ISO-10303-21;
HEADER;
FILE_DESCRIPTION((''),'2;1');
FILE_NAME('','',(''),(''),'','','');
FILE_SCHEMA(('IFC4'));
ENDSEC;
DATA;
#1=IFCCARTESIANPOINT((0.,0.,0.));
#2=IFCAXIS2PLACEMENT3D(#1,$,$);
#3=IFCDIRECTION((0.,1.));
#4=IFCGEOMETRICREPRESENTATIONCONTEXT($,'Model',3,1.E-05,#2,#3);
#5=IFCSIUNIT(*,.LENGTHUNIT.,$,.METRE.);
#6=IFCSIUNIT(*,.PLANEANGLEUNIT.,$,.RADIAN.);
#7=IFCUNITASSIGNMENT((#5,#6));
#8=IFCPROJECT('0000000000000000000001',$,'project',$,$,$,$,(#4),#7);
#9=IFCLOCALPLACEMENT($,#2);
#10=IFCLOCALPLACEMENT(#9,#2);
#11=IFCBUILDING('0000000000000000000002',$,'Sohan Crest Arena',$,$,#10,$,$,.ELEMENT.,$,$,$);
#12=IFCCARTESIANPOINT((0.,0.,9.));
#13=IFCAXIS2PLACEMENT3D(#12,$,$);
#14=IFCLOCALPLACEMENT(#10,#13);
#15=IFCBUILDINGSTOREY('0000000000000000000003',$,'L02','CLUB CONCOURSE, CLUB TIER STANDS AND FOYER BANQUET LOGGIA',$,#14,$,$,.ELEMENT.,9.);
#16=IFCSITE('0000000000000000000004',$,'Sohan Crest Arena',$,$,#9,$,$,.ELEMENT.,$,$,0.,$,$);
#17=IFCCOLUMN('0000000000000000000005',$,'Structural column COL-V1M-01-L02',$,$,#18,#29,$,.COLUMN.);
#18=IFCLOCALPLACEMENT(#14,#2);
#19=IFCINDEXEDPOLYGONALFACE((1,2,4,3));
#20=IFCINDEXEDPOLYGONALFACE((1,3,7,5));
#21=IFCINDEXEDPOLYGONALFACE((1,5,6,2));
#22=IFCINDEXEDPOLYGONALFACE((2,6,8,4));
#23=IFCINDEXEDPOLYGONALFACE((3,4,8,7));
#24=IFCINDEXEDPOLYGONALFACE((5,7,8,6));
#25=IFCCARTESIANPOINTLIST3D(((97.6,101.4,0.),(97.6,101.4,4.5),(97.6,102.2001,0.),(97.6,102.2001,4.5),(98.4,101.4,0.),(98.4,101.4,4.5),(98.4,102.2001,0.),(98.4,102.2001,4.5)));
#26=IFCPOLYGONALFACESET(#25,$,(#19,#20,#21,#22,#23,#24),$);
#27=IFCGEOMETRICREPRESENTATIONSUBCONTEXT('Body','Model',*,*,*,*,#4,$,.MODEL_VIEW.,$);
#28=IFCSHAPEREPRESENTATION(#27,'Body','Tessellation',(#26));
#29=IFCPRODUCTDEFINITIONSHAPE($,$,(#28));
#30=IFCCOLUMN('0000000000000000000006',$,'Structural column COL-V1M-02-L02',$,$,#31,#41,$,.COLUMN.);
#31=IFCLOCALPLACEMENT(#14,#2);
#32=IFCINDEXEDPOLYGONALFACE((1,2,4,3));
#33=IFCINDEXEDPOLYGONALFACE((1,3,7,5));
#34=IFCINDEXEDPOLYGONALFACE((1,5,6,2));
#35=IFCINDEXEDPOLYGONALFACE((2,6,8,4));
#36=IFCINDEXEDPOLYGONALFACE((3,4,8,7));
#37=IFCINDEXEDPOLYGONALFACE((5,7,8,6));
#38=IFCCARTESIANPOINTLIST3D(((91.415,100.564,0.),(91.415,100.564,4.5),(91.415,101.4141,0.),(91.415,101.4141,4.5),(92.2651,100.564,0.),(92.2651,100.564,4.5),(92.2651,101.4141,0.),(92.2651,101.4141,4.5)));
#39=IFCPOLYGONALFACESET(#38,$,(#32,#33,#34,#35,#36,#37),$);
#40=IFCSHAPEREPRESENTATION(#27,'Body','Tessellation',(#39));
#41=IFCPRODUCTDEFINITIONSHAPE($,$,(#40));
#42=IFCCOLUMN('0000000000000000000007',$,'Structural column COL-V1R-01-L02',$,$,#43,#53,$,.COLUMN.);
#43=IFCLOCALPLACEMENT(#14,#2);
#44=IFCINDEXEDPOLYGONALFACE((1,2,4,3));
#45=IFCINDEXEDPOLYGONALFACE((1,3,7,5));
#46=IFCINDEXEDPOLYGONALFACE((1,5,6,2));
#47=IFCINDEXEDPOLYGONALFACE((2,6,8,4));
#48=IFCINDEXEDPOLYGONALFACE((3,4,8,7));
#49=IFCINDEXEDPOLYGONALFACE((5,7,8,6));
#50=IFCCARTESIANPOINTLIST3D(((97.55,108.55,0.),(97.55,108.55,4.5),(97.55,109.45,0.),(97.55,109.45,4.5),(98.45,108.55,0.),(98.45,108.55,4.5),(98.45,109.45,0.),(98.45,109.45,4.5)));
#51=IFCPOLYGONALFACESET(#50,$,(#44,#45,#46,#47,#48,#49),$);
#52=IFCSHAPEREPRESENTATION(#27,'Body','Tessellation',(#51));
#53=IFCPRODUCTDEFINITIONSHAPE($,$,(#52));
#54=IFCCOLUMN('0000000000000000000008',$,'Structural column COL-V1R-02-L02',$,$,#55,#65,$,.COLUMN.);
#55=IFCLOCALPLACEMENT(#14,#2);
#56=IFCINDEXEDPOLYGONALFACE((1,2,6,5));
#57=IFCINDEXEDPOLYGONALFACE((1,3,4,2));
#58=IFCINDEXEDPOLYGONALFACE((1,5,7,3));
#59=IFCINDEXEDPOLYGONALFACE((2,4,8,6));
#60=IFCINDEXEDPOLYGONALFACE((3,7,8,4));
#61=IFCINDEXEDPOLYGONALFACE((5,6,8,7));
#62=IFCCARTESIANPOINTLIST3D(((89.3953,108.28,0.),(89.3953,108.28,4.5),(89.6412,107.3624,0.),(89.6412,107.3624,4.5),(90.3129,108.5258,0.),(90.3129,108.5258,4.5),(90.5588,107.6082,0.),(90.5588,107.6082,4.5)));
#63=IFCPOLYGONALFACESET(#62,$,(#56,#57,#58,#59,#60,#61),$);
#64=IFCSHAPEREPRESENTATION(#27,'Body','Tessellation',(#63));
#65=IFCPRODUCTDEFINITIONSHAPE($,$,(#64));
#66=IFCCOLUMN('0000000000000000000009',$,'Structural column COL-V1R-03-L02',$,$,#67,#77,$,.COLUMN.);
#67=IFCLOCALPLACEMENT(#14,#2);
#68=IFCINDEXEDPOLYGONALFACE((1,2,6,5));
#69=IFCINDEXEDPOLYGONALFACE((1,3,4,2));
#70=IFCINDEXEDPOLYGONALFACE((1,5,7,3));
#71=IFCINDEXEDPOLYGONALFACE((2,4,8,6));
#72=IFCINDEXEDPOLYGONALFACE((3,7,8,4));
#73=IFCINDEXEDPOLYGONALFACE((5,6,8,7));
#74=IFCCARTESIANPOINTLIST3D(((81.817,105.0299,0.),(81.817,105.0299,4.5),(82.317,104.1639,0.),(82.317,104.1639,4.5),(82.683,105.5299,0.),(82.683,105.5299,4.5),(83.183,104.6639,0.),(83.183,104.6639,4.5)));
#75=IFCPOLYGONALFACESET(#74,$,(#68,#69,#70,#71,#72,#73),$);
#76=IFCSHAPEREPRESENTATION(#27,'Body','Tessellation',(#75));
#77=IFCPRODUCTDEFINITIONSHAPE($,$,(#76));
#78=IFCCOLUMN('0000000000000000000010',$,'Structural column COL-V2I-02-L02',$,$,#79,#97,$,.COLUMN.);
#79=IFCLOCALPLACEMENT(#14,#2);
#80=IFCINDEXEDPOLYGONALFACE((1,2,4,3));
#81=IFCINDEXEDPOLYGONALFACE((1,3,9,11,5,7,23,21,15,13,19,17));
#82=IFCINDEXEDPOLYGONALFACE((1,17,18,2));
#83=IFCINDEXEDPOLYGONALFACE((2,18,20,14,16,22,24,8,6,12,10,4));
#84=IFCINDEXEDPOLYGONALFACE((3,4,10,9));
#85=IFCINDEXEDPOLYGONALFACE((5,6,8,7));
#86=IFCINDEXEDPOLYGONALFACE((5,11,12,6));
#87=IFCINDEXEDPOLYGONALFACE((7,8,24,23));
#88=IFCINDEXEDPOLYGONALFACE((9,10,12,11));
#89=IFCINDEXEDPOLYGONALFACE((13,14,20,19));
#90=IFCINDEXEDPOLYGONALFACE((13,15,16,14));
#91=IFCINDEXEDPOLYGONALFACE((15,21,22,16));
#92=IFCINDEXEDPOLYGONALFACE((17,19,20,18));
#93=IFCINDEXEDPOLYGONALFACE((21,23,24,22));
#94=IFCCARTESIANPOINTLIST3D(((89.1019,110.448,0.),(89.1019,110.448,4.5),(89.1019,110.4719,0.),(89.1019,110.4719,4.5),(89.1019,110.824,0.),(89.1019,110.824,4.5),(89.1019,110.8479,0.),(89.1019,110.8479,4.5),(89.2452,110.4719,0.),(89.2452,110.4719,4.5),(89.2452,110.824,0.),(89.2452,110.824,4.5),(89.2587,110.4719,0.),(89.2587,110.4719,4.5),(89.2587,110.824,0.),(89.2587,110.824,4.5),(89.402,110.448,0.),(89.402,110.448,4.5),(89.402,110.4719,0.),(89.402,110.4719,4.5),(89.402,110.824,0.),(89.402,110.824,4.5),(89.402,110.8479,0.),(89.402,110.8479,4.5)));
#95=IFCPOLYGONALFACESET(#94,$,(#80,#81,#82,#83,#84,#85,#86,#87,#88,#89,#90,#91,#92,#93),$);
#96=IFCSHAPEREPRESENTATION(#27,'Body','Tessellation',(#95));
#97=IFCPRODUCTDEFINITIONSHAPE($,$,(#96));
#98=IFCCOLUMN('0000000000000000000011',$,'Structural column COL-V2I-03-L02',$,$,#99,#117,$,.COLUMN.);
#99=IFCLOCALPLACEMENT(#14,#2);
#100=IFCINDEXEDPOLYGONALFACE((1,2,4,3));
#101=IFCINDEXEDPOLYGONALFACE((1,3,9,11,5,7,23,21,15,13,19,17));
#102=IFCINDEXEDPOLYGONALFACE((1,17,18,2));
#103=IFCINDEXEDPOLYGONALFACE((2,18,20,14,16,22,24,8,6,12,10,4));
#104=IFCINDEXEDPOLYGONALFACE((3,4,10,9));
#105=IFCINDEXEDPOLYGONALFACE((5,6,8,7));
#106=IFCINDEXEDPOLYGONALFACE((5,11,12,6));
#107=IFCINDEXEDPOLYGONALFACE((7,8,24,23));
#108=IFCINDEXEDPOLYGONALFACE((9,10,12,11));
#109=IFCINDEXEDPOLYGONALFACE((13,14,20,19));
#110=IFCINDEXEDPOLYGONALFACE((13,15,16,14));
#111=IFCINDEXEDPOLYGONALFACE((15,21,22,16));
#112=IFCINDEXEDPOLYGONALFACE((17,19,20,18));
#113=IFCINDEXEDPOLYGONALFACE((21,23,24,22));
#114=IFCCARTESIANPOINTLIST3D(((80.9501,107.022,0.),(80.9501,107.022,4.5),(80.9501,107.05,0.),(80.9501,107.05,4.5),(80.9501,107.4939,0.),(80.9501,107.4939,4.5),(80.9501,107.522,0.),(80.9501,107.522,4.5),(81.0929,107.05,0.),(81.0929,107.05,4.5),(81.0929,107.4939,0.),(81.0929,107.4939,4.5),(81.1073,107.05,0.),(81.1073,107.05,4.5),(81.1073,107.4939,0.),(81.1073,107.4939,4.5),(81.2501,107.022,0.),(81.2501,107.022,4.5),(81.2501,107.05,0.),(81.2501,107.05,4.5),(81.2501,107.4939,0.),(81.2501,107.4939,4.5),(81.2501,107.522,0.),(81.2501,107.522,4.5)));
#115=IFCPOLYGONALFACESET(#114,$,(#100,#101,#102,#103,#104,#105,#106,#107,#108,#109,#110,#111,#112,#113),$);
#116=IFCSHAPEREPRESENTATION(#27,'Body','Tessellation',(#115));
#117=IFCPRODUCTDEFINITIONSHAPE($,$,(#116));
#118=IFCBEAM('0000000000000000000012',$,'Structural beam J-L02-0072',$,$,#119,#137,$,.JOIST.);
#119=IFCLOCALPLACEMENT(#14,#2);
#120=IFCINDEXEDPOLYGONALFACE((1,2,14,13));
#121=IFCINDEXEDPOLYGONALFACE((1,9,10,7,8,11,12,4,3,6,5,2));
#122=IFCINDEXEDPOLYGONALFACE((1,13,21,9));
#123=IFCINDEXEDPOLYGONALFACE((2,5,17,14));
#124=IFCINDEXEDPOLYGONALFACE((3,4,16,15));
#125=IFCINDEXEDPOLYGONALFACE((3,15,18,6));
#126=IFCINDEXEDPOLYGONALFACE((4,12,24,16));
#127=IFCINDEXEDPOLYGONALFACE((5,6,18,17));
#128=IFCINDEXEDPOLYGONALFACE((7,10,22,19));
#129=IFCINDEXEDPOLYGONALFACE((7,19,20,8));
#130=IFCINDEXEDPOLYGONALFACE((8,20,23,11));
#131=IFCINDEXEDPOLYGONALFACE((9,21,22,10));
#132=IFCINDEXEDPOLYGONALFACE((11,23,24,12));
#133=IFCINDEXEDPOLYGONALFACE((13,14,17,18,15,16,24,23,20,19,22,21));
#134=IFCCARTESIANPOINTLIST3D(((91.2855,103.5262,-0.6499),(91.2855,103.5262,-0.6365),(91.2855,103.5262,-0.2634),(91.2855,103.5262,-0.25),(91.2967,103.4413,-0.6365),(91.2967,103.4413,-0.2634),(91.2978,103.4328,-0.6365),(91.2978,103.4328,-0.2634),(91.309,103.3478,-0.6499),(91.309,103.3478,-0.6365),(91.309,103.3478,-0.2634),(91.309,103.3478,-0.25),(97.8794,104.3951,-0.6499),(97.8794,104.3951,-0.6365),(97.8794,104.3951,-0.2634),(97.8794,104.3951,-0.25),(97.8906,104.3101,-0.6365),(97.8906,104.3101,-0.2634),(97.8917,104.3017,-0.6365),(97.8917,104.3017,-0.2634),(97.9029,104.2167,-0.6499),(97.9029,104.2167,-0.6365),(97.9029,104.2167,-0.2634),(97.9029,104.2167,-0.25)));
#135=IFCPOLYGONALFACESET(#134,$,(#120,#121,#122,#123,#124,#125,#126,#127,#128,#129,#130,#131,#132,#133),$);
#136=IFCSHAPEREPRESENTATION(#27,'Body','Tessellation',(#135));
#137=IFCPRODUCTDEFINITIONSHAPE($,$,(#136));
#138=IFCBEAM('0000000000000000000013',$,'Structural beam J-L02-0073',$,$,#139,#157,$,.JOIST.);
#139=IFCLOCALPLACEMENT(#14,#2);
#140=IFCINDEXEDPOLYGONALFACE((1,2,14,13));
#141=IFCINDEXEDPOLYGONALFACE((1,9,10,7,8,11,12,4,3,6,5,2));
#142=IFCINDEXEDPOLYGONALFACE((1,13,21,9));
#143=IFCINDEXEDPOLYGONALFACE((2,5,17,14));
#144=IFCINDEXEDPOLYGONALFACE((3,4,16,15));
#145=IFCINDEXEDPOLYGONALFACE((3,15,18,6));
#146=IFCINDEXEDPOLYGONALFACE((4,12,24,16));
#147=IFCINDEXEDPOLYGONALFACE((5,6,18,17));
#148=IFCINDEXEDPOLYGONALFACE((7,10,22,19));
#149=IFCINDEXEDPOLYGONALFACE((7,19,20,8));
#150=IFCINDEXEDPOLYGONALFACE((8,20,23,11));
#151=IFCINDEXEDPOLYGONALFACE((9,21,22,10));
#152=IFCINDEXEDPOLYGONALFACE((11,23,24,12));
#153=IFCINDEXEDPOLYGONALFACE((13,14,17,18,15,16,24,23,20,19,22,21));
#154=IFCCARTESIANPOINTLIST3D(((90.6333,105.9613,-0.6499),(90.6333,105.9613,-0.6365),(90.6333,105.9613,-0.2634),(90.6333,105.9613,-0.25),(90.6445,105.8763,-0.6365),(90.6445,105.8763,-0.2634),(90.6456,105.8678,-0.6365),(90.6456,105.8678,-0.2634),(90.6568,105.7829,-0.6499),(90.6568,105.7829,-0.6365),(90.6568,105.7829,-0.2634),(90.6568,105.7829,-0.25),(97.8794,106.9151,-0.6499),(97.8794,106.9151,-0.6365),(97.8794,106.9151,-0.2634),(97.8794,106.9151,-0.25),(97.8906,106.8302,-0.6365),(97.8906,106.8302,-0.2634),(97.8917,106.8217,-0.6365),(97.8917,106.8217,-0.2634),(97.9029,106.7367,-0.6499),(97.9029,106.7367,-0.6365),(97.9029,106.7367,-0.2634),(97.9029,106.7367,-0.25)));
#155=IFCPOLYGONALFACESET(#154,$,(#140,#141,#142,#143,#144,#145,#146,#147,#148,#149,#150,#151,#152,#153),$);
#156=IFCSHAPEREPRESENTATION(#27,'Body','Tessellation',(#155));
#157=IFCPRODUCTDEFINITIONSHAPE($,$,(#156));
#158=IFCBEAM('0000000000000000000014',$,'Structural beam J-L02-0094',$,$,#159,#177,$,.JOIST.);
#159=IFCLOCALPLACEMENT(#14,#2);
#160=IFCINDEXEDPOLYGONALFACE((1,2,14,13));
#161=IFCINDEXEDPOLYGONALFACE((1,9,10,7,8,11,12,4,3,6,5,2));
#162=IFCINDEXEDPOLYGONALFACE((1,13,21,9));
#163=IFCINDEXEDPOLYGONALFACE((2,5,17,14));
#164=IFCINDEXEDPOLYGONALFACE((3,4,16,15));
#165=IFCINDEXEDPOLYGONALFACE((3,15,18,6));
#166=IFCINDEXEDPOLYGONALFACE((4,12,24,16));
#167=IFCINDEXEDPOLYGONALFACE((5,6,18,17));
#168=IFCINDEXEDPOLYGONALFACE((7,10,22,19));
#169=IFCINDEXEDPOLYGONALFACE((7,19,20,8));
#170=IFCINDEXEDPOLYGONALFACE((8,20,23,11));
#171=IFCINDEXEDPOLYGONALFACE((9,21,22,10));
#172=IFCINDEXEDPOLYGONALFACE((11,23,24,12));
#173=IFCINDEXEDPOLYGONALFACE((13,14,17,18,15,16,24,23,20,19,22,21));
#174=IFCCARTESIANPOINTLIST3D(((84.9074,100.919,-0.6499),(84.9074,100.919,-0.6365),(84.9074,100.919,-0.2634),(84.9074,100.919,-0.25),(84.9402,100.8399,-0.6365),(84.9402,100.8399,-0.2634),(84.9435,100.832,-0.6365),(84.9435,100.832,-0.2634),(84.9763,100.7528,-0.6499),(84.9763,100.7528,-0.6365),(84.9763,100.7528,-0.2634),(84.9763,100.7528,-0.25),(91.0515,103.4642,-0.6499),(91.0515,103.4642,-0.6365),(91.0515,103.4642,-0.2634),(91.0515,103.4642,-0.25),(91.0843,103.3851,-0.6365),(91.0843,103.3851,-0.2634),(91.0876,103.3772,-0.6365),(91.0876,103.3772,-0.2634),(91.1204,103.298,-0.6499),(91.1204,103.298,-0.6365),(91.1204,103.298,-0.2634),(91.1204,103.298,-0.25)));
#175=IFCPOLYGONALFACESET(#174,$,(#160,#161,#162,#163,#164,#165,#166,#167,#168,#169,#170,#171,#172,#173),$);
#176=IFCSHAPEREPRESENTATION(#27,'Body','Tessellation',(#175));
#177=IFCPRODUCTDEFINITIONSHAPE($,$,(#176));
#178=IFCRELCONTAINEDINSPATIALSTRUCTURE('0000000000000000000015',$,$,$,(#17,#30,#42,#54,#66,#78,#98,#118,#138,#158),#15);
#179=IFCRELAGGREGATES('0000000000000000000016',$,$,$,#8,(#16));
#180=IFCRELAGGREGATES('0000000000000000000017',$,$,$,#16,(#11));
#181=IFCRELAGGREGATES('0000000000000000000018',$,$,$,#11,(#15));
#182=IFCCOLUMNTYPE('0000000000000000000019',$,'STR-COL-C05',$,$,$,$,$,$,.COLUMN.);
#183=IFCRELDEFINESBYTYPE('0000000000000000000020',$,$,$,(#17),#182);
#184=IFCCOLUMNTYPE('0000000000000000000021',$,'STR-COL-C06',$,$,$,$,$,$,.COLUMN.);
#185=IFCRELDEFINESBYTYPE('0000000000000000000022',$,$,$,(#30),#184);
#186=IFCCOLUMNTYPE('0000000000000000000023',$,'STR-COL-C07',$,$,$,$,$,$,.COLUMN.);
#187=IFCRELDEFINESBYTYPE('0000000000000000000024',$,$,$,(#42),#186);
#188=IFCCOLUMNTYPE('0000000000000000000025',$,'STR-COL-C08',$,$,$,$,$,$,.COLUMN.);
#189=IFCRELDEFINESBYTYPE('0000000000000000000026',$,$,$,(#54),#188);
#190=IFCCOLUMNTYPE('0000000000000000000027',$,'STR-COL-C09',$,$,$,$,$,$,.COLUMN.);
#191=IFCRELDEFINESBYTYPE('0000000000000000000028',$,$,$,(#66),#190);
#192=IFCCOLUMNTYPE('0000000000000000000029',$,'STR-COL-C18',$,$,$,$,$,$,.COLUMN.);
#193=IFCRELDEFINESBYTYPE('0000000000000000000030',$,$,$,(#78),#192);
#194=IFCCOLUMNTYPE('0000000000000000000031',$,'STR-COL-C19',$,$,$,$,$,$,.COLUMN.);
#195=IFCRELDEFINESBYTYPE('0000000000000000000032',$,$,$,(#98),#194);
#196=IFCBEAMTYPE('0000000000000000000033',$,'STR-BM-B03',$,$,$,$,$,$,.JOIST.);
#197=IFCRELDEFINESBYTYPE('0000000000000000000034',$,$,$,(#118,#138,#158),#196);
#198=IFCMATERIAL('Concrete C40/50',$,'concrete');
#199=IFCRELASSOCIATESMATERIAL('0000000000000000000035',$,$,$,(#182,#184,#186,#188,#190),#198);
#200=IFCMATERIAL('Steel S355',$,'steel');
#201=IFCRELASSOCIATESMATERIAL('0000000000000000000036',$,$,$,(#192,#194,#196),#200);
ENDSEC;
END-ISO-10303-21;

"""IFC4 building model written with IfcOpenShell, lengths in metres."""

from ifc_helpers import new_model, si_unit, direction, frame, origin, origin_2d, place, context, subcontext, project, spatial, rectangle, i_section, extrude, material, material_profile, profile_set, type_object, element, save


model = new_model("IFC4")

# Units and contexts
model_context = context("Model", 3, precision=1e-05, world=origin(), true_north=direction((0.0, 1.0)))
body_context = subcontext(model_context, "Body", "Model", "MODEL_VIEW")
ifc_project = project(units=[si_unit("LENGTHUNIT", "METRE"), si_unit("PLANEANGLEUNIT", "RADIAN")], contexts=[model_context])

# Site, building, storey
site_placement = place(None, origin())
site = spatial("IfcSite", under=ifc_project, at=site_placement, Name="Sohan Crest Arena", CompositionType="ELEMENT", RefElevation=0.0)
building_placement = place(site_placement, origin())
building = spatial("IfcBuilding", under=site, at=building_placement, Name="Sohan Crest Arena", CompositionType="ELEMENT")
storey_placement = place(building_placement, frame((0.0, 0.0, 9.0)))
storey = spatial("IfcBuildingStorey", under=building, at=storey_placement, Name="L02", Description="CLUB CONCOURSE, CLUB TIER STANDS AND FOYER BANQUET LOGGIA", CompositionType="ELEMENT", Elevation=9.0)

# Columns
ifc_material_1 = material(Name="Concrete C40/50", Category="concrete")
ifc_material_profile_1 = material_profile(ifc_material_1, rectangle(XDim=0.8, YDim=0.8, at=origin_2d()), Name="RC 800x800")
ifc_profile_set_1 = profile_set([ifc_material_profile_1], Name="Concrete C40/50")
column_type_1 = type_object("IfcColumnType", Name="STR-COL-C05", PredefinedType="COLUMN", material=ifc_profile_set_1)
column_1_placement = place(storey_placement, frame((98.0, 101.8, 0.0), z_axis=(0.0, 0.0, 1.0), x_axis=(1.0, 0.0, 0.0)))
element("IfcColumn", 1, at=column_1_placement, inside=storey, type_object=column_type_1, Name="Structural column COL-V1M-01-L02", PredefinedType="COLUMN", context=body_context, shape_type="SweptSolid", body=[
    extrude(rectangle(XDim=0.8, YDim=0.8, at=origin_2d()), origin(), (0.0, 0.0, 1.0), 4.5),
])
ifc_material_profile_2 = material_profile(ifc_material_1, rectangle(XDim=0.8501, YDim=0.8501, at=origin_2d()), Name="RC 850x850")
ifc_profile_set_2 = profile_set([ifc_material_profile_2], Name="Concrete C40/50")
column_type_2 = type_object("IfcColumnType", Name="STR-COL-C06", PredefinedType="COLUMN", material=ifc_profile_set_2)
column_2_placement = place(storey_placement, frame((91.8401, 100.989, 0.0), z_axis=(0.0, 0.0, 1.0), x_axis=(1.0, 0.0, 0.0)))
element("IfcColumn", 2, at=column_2_placement, inside=storey, type_object=column_type_2, Name="Structural column COL-V1M-02-L02", PredefinedType="COLUMN", context=body_context, shape_type="SweptSolid", body=[
    extrude(rectangle(XDim=0.8501, YDim=0.8501, at=origin_2d()), origin(), (0.0, 0.0, 1.0), 4.5),
])
ifc_material_profile_3 = material_profile(ifc_material_1, rectangle(XDim=0.8999, YDim=0.8999, at=origin_2d()), Name="RC 900x900")
ifc_profile_set_3 = profile_set([ifc_material_profile_3], Name="Concrete C40/50")
column_type_3 = type_object("IfcColumnType", Name="STR-COL-C07", PredefinedType="COLUMN", material=ifc_profile_set_3)
column_3_placement = place(storey_placement, frame((98.0, 109.0, 0.0), z_axis=(0.0, 0.0, 1.0), x_axis=(0.0, 1.0, 0.0)))
element("IfcColumn", 3, at=column_3_placement, inside=storey, type_object=column_type_3, Name="Structural column COL-V1R-01-L02", PredefinedType="COLUMN", context=body_context, shape_type="SweptSolid", body=[
    extrude(rectangle(XDim=0.8999, YDim=0.8999, at=origin_2d()), origin(), (0.0, 0.0, 1.0), 4.5),
])
ifc_material_profile_4 = material_profile(ifc_material_1, rectangle(XDim=0.95, YDim=0.95, at=origin_2d()), Name="RC 950x950")
ifc_profile_set_4 = profile_set([ifc_material_profile_4], Name="Concrete C40/50")
column_type_4 = type_object("IfcColumnType", Name="STR-COL-C08", PredefinedType="COLUMN", material=ifc_profile_set_4)
column_4_placement = place(storey_placement, frame((89.9771, 107.9441, 0.0), z_axis=(0.0, 0.0, 1.0), x_axis=(-0.258819, 0.965926, 0.0)))
element("IfcColumn", 4, at=column_4_placement, inside=storey, type_object=column_type_4, Name="Structural column COL-V1R-02-L02", PredefinedType="COLUMN", context=body_context, shape_type="SweptSolid", body=[
    extrude(rectangle(XDim=0.95, YDim=0.95, at=origin_2d()), origin(), (0.0, 0.0, 1.0), 4.5),
])
ifc_material_profile_5 = material_profile(ifc_material_1, rectangle(XDim=1.0, YDim=1.0, at=origin_2d()), Name="RC 1000x1000")
ifc_profile_set_5 = profile_set([ifc_material_profile_5], Name="Concrete C40/50")
column_type_5 = type_object("IfcColumnType", Name="STR-COL-C09", PredefinedType="COLUMN", material=ifc_profile_set_5)
column_5_placement = place(storey_placement, frame((82.5, 104.8469, 0.0), z_axis=(0.0, 0.0, 1.0), x_axis=(-0.5, 0.866025, 0.0)))
element("IfcColumn", 5, at=column_5_placement, inside=storey, type_object=column_type_5, Name="Structural column COL-V1R-03-L02", PredefinedType="COLUMN", context=body_context, shape_type="SweptSolid", body=[
    extrude(rectangle(XDim=1.0, YDim=1.0, at=origin_2d()), origin(), (0.0, 0.0, 1.0), 4.5),
])
ifc_material_2 = material(Name="Steel S355", Category="steel")
ifc_material_profile_6 = material_profile(ifc_material_2, i_section(OverallWidth=0.3, OverallDepth=0.3999, WebThickness=0.0134, FlangeThickness=0.0239, at=origin_2d()), Name="HEB 400")
ifc_profile_set_6 = profile_set([ifc_material_profile_6], Name="Steel S355")
column_type_6 = type_object("IfcColumnType", Name="STR-COL-C18", PredefinedType="COLUMN", material=ifc_profile_set_6)
column_6_placement = place(storey_placement, frame((89.252, 110.6479, 0.0), z_axis=(0.0, 0.0, 1.0), x_axis=(1.0, 0.0, 0.0)))
element("IfcColumn", 6, at=column_6_placement, inside=storey, type_object=column_type_6, Name="Structural column COL-V2I-02-L02", PredefinedType="COLUMN", context=body_context, shape_type="SweptSolid", body=[
    extrude(i_section(OverallWidth=0.3, OverallDepth=0.3999, WebThickness=0.0134, FlangeThickness=0.0239, at=origin_2d()), origin(), (0.0, 0.0, 1.0), 4.5),
])
ifc_material_profile_7 = material_profile(ifc_material_2, i_section(OverallWidth=0.3, OverallDepth=0.5, WebThickness=0.0144, FlangeThickness=0.0281, at=origin_2d()), Name="HEB 500")
ifc_profile_set_7 = profile_set([ifc_material_profile_7], Name="Steel S355")
column_type_7 = type_object("IfcColumnType", Name="STR-COL-C19", PredefinedType="COLUMN", material=ifc_profile_set_7)
column_7_placement = place(storey_placement, frame((81.1001, 107.272, 0.0), z_axis=(0.0, 0.0, 1.0), x_axis=(1.0, 0.0, 0.0)))
element("IfcColumn", 7, at=column_7_placement, inside=storey, type_object=column_type_7, Name="Structural column COL-V2I-03-L02", PredefinedType="COLUMN", context=body_context, shape_type="SweptSolid", body=[
    extrude(i_section(OverallWidth=0.3, OverallDepth=0.5, WebThickness=0.0144, FlangeThickness=0.0281, at=origin_2d()), origin(), (0.0, 0.0, 1.0), 4.5),
])

# Beams
ifc_material_profile_8 = material_profile(ifc_material_2, i_section(OverallWidth=0.1799, OverallDepth=0.3999, WebThickness=0.0085, FlangeThickness=0.0134, at=origin_2d()), Name="IPE 400")
ifc_profile_set_8 = profile_set([ifc_material_profile_8], Name="Steel S355")
beam_type_1 = type_object("IfcBeamType", Name="STR-BM-B03", PredefinedType="JOIST", material=ifc_profile_set_8)
beam_1_placement = place(storey_placement, frame((97.8911, 104.3059, -0.45), z_axis=(-0.99143, -0.130642, 0.0), x_axis=(0.130642, -0.99143, 0.0)))
element("IfcBeam", 8, at=beam_1_placement, inside=storey, type_object=beam_type_1, Name="Structural beam J-L02-0072", PredefinedType="JOIST", context=body_context, shape_type="SweptSolid", body=[
    extrude(i_section(OverallWidth=0.1799, OverallDepth=0.3999, WebThickness=0.0085, FlangeThickness=0.0134, at=origin_2d()), origin(), (0.0, 0.0, 1.0), 6.6509),
])
beam_2_placement = place(storey_placement, frame((97.8911, 106.8259, -0.45), z_axis=(-0.991447, -0.130512, 0.0), x_axis=(0.130512, -0.991447, 0.0)))
element("IfcBeam", 9, at=beam_2_placement, inside=storey, type_object=beam_type_1, Name="Structural beam J-L02-0073", PredefinedType="JOIST", context=body_context, shape_type="SweptSolid", body=[
    extrude(i_section(OverallWidth=0.1799, OverallDepth=0.3999, WebThickness=0.0085, FlangeThickness=0.0134, at=origin_2d()), origin(), (0.0, 0.0, 1.0), 7.3086),
])
beam_3_placement = place(storey_placement, frame((91.0859, 103.3811, -0.45), z_axis=(-0.923868, -0.382712, 0.0), x_axis=(0.382712, -0.923868, 0.0)))
element("IfcBeam", 10, at=beam_3_placement, inside=storey, type_object=beam_type_1, Name="Structural beam J-L02-0094", PredefinedType="JOIST", context=body_context, shape_type="SweptSolid", body=[
    extrude(i_section(OverallWidth=0.1799, OverallDepth=0.3999, WebThickness=0.0085, FlangeThickness=0.0134, at=origin_2d()), origin(), (0.0, 0.0, 1.0), 6.6504),
])

save(model, "model.ifc")
